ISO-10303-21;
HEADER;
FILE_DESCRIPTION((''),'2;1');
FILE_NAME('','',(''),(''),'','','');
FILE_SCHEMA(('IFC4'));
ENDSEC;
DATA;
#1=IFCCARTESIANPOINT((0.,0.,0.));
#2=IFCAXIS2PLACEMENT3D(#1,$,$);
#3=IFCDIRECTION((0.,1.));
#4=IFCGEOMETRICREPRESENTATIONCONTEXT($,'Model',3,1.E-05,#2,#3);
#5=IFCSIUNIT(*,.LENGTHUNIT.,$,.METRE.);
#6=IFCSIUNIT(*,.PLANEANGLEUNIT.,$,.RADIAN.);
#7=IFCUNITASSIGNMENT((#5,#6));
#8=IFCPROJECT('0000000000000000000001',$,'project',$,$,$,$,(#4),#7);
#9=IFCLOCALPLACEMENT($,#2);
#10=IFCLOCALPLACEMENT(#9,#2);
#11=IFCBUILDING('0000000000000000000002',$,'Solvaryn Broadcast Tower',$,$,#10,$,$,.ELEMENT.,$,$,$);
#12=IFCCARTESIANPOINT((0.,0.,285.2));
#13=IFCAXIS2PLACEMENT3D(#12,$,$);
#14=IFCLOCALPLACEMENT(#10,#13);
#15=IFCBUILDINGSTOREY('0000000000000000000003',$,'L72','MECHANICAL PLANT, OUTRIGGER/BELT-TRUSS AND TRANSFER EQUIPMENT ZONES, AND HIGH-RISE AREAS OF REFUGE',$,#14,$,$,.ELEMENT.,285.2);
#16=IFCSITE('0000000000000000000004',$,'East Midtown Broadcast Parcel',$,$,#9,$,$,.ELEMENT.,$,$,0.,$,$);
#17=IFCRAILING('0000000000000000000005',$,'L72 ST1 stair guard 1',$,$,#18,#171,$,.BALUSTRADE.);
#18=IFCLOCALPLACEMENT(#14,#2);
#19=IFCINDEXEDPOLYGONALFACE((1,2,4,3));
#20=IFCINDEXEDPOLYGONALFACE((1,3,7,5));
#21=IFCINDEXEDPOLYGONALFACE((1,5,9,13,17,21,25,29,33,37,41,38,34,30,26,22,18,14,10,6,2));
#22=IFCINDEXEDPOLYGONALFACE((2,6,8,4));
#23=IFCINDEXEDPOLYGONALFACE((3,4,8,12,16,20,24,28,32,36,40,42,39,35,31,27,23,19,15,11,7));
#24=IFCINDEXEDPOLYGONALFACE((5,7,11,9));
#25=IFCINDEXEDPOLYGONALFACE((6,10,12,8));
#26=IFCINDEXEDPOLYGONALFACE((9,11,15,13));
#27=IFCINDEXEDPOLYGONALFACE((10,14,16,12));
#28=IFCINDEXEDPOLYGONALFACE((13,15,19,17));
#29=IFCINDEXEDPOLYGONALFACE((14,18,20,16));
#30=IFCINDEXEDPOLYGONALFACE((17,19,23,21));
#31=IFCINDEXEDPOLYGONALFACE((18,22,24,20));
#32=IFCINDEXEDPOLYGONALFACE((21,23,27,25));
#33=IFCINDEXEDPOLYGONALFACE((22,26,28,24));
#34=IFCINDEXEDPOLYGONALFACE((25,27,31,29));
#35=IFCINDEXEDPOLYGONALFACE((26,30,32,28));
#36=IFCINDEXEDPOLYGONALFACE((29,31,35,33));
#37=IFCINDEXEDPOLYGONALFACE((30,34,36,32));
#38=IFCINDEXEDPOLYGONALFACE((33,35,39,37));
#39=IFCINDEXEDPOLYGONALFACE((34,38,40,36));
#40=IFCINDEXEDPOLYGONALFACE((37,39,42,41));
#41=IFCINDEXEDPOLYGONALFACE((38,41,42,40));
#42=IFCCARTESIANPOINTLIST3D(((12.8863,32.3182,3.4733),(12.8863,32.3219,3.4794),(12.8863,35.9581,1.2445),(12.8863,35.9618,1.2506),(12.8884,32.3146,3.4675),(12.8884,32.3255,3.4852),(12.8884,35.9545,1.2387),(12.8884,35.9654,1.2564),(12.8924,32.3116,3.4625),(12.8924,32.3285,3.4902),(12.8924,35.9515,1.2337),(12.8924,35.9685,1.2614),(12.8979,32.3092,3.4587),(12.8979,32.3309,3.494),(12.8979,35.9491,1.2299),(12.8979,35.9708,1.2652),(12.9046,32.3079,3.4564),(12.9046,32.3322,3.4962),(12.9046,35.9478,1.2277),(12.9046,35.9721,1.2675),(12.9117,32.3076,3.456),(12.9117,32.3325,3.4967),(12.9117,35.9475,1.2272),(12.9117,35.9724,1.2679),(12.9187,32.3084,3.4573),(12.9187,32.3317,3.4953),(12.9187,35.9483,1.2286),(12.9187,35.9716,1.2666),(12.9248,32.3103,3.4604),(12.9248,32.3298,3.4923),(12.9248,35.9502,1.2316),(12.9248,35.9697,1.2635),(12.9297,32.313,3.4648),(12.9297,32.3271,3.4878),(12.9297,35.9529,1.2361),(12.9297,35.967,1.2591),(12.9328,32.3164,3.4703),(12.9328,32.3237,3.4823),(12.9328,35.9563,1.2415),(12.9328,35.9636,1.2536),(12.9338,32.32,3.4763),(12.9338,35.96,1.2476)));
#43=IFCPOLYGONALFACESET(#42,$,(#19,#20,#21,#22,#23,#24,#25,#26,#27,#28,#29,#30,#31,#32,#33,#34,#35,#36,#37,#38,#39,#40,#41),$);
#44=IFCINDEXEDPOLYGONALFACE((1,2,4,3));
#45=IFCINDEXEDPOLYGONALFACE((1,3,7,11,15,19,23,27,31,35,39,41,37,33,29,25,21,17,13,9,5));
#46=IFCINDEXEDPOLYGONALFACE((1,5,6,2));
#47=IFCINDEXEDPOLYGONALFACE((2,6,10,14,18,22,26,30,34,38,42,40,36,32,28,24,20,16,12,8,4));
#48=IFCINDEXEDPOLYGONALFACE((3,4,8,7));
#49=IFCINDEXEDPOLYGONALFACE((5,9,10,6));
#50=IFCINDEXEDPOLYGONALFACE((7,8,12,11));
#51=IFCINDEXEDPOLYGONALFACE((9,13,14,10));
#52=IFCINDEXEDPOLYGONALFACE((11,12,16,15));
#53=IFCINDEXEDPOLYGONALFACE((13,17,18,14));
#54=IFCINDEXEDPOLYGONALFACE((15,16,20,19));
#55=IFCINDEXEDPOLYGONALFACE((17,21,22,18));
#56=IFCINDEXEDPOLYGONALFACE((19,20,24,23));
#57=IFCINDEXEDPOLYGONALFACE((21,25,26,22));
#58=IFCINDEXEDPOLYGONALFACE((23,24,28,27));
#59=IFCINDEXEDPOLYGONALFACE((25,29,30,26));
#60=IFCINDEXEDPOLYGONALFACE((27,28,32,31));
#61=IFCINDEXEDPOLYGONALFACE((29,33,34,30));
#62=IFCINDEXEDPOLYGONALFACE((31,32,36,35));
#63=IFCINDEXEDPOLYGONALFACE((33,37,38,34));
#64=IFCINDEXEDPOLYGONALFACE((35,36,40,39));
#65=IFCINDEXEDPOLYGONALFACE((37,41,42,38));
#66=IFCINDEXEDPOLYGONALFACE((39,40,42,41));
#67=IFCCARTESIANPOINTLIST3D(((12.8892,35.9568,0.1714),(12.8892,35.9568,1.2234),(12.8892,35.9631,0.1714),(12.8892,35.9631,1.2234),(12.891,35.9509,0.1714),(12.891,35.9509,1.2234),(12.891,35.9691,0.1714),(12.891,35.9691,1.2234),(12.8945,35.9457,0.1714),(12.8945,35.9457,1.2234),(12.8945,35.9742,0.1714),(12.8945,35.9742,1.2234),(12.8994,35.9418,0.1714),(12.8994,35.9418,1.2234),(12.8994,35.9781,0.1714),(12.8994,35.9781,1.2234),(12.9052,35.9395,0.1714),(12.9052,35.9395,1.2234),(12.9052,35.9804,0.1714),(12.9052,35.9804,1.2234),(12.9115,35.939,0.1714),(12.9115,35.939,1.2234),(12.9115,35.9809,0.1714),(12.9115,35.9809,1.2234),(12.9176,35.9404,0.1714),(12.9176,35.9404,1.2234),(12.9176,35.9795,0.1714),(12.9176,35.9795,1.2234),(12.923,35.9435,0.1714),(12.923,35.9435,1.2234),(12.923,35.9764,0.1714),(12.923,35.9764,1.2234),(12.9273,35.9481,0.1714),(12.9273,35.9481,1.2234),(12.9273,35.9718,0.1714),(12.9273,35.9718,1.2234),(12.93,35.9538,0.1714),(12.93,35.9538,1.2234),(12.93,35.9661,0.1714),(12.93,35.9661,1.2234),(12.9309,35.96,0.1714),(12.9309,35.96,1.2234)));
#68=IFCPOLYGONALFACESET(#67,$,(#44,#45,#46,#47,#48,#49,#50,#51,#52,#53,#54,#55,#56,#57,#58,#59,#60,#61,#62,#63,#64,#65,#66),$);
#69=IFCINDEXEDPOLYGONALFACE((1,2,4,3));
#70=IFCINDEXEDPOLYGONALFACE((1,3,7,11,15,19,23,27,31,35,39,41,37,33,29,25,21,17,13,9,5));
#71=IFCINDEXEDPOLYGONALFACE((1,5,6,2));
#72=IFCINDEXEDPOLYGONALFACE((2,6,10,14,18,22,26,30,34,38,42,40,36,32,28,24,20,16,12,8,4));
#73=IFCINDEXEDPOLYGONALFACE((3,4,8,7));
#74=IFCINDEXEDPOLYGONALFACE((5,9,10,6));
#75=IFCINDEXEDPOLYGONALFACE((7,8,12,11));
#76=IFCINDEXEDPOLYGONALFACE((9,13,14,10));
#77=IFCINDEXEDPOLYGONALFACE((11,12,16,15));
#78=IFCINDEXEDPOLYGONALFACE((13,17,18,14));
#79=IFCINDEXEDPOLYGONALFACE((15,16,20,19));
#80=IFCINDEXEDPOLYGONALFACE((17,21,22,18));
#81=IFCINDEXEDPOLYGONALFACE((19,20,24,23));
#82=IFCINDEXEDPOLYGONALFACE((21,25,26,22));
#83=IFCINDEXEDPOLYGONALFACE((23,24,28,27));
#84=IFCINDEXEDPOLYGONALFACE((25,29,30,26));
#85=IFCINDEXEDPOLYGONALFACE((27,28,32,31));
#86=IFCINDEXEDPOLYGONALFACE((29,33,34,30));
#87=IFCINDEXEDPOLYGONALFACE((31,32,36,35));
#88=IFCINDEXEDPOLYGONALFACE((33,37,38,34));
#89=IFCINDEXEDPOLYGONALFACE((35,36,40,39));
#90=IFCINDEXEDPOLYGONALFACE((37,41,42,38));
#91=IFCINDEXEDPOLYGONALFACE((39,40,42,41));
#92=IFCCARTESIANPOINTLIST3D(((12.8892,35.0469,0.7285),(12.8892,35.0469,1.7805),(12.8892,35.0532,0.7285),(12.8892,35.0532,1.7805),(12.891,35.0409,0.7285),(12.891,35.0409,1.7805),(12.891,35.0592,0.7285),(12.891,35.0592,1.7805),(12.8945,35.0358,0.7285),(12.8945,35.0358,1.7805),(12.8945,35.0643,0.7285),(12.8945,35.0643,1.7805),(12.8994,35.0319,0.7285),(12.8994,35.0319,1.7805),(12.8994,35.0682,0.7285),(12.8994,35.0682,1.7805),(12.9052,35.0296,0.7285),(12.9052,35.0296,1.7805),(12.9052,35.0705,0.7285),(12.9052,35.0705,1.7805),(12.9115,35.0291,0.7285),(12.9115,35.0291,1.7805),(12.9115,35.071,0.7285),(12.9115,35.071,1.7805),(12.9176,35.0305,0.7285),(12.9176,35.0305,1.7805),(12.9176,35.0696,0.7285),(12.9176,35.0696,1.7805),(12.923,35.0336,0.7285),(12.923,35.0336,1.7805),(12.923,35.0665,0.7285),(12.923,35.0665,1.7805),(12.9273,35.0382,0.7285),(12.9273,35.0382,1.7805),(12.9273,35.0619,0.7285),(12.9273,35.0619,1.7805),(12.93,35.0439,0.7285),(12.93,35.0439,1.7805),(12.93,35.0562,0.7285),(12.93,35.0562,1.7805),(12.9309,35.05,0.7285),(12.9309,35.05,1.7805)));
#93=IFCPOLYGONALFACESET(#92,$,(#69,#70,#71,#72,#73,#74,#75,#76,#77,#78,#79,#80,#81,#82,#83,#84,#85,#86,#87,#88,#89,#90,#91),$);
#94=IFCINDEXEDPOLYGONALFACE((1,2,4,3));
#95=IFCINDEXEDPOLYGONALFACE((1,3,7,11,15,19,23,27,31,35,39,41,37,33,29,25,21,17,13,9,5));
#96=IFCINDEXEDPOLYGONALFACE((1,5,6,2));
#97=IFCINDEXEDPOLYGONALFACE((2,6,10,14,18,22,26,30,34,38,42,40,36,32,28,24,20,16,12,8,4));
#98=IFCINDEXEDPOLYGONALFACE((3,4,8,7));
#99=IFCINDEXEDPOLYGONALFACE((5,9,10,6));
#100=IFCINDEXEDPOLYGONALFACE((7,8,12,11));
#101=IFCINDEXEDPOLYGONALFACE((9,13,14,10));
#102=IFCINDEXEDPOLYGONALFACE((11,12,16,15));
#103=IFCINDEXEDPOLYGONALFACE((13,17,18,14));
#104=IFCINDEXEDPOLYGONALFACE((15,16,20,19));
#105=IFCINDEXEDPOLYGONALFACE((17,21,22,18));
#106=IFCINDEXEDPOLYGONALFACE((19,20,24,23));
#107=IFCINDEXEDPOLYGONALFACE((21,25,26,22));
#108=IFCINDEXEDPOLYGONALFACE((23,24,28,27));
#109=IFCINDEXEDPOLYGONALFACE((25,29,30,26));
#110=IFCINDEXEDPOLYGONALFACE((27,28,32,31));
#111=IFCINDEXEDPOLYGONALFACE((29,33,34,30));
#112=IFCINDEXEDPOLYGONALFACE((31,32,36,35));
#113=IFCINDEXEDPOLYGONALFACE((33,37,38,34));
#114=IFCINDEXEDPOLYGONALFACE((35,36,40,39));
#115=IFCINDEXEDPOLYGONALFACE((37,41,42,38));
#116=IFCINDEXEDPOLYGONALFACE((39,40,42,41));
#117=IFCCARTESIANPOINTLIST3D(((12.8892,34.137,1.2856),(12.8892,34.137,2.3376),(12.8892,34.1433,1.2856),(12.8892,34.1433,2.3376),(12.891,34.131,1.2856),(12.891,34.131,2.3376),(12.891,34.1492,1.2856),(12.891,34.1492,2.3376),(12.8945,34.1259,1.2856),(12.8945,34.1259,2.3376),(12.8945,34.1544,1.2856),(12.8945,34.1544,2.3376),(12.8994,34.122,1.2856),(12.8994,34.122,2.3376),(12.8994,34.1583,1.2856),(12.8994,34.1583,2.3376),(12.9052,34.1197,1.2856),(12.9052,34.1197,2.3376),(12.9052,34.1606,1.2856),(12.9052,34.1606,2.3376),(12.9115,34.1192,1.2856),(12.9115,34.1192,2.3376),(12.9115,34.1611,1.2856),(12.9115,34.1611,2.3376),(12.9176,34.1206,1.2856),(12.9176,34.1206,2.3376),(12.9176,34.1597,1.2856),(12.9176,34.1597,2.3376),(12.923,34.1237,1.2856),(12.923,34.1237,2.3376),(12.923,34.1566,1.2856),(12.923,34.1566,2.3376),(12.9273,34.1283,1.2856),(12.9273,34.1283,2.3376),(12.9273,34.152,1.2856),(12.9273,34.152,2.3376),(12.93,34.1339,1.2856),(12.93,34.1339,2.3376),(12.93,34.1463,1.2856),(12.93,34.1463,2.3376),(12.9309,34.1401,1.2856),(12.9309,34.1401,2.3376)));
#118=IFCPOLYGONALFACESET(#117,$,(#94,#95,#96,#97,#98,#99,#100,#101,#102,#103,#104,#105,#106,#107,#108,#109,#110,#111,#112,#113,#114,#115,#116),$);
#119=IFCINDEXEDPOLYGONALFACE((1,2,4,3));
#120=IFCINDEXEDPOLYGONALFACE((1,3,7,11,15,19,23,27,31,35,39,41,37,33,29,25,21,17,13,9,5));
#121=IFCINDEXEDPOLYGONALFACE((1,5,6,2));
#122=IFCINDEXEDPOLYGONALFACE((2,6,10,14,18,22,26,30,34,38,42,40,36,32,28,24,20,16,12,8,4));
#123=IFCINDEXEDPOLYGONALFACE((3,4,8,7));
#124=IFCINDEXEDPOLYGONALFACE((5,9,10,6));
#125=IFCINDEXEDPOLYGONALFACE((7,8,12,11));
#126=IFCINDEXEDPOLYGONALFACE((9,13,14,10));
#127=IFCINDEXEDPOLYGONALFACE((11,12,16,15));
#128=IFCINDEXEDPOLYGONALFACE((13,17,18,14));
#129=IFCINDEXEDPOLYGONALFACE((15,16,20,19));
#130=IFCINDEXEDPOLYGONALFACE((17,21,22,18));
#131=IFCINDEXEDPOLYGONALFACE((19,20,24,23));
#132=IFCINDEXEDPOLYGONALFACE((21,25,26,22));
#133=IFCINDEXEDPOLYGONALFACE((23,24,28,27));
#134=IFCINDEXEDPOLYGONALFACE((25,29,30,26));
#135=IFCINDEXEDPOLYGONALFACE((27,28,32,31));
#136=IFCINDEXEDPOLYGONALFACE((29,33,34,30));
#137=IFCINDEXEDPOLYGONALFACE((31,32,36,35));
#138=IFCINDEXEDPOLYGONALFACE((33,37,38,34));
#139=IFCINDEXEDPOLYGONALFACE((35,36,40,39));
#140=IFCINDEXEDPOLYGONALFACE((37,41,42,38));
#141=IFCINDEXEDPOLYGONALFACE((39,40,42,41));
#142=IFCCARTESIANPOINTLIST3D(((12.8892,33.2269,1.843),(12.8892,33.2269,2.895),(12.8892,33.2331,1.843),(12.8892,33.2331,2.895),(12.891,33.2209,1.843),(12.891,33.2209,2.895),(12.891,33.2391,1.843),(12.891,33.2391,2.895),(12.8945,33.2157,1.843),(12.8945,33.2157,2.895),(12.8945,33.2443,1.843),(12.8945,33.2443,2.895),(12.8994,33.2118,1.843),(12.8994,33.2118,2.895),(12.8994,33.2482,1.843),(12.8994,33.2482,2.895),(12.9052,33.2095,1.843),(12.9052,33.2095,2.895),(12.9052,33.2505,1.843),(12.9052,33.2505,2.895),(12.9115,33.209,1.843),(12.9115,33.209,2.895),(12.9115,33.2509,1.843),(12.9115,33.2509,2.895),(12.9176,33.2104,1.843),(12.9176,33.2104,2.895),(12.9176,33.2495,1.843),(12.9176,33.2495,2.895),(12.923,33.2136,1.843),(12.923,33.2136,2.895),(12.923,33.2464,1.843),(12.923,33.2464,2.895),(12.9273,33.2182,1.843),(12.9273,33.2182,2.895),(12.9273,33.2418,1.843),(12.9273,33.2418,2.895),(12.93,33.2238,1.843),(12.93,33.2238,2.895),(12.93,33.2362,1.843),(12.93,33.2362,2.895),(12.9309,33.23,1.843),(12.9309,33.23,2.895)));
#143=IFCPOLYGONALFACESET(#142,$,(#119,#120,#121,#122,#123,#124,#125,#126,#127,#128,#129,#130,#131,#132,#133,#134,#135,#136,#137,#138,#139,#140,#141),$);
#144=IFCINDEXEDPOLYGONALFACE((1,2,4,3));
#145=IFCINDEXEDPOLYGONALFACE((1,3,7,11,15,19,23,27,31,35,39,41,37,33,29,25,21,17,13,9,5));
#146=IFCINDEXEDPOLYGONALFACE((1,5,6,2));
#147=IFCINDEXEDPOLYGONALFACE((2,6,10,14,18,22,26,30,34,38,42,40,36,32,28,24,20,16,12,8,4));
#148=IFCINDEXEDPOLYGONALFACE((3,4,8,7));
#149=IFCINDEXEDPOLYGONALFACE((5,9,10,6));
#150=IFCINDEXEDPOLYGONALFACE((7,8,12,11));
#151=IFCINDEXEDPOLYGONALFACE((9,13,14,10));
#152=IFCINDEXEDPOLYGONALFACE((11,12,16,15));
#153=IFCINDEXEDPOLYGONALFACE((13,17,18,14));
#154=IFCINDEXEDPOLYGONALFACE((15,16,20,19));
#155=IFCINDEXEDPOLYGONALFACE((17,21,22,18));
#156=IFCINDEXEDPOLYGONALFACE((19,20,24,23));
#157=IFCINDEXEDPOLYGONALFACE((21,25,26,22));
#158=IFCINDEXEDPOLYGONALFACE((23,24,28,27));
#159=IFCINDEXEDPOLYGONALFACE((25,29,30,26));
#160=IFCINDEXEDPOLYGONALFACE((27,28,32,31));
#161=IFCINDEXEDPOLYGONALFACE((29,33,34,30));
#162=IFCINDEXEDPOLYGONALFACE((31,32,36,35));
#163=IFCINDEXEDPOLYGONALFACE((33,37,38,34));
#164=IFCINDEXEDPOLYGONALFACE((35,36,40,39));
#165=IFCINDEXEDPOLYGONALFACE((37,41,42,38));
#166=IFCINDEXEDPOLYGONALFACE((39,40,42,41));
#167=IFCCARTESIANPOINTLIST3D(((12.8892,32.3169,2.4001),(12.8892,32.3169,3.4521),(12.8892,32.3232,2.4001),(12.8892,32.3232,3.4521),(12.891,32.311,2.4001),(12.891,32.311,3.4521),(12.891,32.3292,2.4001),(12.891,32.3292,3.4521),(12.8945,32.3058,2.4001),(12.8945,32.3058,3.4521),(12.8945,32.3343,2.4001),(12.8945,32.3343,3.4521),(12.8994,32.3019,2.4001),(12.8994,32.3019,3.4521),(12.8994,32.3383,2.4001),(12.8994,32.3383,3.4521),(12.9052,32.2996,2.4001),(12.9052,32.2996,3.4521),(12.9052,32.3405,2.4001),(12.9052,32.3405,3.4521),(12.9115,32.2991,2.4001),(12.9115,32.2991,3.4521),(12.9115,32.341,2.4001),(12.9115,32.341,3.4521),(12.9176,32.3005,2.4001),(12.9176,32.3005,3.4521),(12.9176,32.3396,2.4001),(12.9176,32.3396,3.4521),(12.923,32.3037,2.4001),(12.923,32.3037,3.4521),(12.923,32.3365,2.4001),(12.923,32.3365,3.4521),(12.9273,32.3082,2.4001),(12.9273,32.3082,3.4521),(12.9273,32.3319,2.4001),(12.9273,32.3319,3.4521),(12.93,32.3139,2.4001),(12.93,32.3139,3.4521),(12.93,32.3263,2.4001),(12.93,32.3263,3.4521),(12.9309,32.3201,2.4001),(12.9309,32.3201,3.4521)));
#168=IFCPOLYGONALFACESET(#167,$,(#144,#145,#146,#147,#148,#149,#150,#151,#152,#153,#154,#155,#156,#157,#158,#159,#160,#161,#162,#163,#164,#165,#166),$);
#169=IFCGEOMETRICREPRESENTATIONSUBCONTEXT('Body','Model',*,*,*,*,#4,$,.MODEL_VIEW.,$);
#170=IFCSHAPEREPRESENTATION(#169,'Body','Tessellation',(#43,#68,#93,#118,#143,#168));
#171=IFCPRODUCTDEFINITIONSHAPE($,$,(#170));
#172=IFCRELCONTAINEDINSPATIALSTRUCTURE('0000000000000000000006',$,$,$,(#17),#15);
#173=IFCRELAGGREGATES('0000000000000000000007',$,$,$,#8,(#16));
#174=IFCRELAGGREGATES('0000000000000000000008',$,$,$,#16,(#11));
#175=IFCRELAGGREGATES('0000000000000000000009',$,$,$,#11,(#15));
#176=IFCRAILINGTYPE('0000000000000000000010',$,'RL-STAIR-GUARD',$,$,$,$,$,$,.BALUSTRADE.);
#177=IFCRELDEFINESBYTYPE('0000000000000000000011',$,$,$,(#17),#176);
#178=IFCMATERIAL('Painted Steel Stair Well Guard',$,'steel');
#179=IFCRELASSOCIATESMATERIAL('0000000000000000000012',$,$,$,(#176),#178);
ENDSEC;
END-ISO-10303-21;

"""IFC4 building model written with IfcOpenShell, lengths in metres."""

from ifc_helpers import new_model, si_unit, direction, frame, origin, origin_2d, place, context, subcontext, project, spatial, circle, extrude, material, type_object, element, save


model = new_model("IFC4")

# Units and contexts
model_context = context("Model", 3, precision=1e-05, world=origin(), true_north=direction((0.0, 1.0)))
body_context = subcontext(model_context, "Body", "Model", "MODEL_VIEW")
ifc_project = project(units=[si_unit("LENGTHUNIT", "METRE"), si_unit("PLANEANGLEUNIT", "RADIAN")], contexts=[model_context])

# Site, building, storey
site_placement = place(None, origin())
site = spatial("IfcSite", under=ifc_project, at=site_placement, Name="East Midtown Broadcast Parcel", CompositionType="ELEMENT", RefElevation=0.0)
building_placement = place(site_placement, origin())
building = spatial("IfcBuilding", under=site, at=building_placement, Name="Solvaryn Broadcast Tower", CompositionType="ELEMENT")
storey_placement = place(building_placement, frame((0.0, 0.0, 285.2)))
storey = spatial("IfcBuildingStorey", under=building, at=storey_placement, Name="L72", Description="MECHANICAL PLANT, OUTRIGGER/BELT-TRUSS AND TRANSFER EQUIPMENT ZONES, AND HIGH-RISE AREAS OF REFUGE", CompositionType="ELEMENT", Elevation=285.2)

# Railing
ifc_material_1 = material(Name="Painted Steel Stair Well Guard", Category="steel")
railing_type_1 = type_object("IfcRailingType", Name="RL-STAIR-GUARD", PredefinedType="BALUSTRADE", material=ifc_material_1)
railing_1_placement = place(storey_placement, frame((12.9099, 35.96, 0.1714)))
element("IfcRailing", 1, at=railing_1_placement, inside=storey, type_object=railing_type_1, Name="L72 ST1 stair guard 1", PredefinedType="BALUSTRADE", context=body_context, shape_type="SweptSolid", body=[
    extrude(circle(Radius=0.0239, at=origin_2d()), frame((0.0, 0.0, 1.0762), z_axis=(0.0, -0.852825, 0.522197), x_axis=(1.0, 0.0, 0.0)), (0.0, 0.0, 1.0), 4.2681),
    extrude(circle(Radius=0.021, at=origin_2d()), origin(), (0.0, 0.0, 1.0), 1.052),
    extrude(circle(Radius=0.021, at=origin_2d()), frame((0.0, -0.9099, 0.5571)), (0.0, 0.0, 1.0), 1.052),
    extrude(circle(Radius=0.021, at=origin_2d()), frame((0.0, -1.8198, 1.1143)), (0.0, 0.0, 1.0), 1.052),
    extrude(circle(Radius=0.021, at=origin_2d()), frame((0.0, -2.73, 1.6716)), (0.0, 0.0, 1.0), 1.052),
    extrude(circle(Radius=0.021, at=origin_2d()), frame((0.0, -3.6399, 2.2288)), (0.0, 0.0, 1.0), 1.052),
])

save(model, "model.ifc")
